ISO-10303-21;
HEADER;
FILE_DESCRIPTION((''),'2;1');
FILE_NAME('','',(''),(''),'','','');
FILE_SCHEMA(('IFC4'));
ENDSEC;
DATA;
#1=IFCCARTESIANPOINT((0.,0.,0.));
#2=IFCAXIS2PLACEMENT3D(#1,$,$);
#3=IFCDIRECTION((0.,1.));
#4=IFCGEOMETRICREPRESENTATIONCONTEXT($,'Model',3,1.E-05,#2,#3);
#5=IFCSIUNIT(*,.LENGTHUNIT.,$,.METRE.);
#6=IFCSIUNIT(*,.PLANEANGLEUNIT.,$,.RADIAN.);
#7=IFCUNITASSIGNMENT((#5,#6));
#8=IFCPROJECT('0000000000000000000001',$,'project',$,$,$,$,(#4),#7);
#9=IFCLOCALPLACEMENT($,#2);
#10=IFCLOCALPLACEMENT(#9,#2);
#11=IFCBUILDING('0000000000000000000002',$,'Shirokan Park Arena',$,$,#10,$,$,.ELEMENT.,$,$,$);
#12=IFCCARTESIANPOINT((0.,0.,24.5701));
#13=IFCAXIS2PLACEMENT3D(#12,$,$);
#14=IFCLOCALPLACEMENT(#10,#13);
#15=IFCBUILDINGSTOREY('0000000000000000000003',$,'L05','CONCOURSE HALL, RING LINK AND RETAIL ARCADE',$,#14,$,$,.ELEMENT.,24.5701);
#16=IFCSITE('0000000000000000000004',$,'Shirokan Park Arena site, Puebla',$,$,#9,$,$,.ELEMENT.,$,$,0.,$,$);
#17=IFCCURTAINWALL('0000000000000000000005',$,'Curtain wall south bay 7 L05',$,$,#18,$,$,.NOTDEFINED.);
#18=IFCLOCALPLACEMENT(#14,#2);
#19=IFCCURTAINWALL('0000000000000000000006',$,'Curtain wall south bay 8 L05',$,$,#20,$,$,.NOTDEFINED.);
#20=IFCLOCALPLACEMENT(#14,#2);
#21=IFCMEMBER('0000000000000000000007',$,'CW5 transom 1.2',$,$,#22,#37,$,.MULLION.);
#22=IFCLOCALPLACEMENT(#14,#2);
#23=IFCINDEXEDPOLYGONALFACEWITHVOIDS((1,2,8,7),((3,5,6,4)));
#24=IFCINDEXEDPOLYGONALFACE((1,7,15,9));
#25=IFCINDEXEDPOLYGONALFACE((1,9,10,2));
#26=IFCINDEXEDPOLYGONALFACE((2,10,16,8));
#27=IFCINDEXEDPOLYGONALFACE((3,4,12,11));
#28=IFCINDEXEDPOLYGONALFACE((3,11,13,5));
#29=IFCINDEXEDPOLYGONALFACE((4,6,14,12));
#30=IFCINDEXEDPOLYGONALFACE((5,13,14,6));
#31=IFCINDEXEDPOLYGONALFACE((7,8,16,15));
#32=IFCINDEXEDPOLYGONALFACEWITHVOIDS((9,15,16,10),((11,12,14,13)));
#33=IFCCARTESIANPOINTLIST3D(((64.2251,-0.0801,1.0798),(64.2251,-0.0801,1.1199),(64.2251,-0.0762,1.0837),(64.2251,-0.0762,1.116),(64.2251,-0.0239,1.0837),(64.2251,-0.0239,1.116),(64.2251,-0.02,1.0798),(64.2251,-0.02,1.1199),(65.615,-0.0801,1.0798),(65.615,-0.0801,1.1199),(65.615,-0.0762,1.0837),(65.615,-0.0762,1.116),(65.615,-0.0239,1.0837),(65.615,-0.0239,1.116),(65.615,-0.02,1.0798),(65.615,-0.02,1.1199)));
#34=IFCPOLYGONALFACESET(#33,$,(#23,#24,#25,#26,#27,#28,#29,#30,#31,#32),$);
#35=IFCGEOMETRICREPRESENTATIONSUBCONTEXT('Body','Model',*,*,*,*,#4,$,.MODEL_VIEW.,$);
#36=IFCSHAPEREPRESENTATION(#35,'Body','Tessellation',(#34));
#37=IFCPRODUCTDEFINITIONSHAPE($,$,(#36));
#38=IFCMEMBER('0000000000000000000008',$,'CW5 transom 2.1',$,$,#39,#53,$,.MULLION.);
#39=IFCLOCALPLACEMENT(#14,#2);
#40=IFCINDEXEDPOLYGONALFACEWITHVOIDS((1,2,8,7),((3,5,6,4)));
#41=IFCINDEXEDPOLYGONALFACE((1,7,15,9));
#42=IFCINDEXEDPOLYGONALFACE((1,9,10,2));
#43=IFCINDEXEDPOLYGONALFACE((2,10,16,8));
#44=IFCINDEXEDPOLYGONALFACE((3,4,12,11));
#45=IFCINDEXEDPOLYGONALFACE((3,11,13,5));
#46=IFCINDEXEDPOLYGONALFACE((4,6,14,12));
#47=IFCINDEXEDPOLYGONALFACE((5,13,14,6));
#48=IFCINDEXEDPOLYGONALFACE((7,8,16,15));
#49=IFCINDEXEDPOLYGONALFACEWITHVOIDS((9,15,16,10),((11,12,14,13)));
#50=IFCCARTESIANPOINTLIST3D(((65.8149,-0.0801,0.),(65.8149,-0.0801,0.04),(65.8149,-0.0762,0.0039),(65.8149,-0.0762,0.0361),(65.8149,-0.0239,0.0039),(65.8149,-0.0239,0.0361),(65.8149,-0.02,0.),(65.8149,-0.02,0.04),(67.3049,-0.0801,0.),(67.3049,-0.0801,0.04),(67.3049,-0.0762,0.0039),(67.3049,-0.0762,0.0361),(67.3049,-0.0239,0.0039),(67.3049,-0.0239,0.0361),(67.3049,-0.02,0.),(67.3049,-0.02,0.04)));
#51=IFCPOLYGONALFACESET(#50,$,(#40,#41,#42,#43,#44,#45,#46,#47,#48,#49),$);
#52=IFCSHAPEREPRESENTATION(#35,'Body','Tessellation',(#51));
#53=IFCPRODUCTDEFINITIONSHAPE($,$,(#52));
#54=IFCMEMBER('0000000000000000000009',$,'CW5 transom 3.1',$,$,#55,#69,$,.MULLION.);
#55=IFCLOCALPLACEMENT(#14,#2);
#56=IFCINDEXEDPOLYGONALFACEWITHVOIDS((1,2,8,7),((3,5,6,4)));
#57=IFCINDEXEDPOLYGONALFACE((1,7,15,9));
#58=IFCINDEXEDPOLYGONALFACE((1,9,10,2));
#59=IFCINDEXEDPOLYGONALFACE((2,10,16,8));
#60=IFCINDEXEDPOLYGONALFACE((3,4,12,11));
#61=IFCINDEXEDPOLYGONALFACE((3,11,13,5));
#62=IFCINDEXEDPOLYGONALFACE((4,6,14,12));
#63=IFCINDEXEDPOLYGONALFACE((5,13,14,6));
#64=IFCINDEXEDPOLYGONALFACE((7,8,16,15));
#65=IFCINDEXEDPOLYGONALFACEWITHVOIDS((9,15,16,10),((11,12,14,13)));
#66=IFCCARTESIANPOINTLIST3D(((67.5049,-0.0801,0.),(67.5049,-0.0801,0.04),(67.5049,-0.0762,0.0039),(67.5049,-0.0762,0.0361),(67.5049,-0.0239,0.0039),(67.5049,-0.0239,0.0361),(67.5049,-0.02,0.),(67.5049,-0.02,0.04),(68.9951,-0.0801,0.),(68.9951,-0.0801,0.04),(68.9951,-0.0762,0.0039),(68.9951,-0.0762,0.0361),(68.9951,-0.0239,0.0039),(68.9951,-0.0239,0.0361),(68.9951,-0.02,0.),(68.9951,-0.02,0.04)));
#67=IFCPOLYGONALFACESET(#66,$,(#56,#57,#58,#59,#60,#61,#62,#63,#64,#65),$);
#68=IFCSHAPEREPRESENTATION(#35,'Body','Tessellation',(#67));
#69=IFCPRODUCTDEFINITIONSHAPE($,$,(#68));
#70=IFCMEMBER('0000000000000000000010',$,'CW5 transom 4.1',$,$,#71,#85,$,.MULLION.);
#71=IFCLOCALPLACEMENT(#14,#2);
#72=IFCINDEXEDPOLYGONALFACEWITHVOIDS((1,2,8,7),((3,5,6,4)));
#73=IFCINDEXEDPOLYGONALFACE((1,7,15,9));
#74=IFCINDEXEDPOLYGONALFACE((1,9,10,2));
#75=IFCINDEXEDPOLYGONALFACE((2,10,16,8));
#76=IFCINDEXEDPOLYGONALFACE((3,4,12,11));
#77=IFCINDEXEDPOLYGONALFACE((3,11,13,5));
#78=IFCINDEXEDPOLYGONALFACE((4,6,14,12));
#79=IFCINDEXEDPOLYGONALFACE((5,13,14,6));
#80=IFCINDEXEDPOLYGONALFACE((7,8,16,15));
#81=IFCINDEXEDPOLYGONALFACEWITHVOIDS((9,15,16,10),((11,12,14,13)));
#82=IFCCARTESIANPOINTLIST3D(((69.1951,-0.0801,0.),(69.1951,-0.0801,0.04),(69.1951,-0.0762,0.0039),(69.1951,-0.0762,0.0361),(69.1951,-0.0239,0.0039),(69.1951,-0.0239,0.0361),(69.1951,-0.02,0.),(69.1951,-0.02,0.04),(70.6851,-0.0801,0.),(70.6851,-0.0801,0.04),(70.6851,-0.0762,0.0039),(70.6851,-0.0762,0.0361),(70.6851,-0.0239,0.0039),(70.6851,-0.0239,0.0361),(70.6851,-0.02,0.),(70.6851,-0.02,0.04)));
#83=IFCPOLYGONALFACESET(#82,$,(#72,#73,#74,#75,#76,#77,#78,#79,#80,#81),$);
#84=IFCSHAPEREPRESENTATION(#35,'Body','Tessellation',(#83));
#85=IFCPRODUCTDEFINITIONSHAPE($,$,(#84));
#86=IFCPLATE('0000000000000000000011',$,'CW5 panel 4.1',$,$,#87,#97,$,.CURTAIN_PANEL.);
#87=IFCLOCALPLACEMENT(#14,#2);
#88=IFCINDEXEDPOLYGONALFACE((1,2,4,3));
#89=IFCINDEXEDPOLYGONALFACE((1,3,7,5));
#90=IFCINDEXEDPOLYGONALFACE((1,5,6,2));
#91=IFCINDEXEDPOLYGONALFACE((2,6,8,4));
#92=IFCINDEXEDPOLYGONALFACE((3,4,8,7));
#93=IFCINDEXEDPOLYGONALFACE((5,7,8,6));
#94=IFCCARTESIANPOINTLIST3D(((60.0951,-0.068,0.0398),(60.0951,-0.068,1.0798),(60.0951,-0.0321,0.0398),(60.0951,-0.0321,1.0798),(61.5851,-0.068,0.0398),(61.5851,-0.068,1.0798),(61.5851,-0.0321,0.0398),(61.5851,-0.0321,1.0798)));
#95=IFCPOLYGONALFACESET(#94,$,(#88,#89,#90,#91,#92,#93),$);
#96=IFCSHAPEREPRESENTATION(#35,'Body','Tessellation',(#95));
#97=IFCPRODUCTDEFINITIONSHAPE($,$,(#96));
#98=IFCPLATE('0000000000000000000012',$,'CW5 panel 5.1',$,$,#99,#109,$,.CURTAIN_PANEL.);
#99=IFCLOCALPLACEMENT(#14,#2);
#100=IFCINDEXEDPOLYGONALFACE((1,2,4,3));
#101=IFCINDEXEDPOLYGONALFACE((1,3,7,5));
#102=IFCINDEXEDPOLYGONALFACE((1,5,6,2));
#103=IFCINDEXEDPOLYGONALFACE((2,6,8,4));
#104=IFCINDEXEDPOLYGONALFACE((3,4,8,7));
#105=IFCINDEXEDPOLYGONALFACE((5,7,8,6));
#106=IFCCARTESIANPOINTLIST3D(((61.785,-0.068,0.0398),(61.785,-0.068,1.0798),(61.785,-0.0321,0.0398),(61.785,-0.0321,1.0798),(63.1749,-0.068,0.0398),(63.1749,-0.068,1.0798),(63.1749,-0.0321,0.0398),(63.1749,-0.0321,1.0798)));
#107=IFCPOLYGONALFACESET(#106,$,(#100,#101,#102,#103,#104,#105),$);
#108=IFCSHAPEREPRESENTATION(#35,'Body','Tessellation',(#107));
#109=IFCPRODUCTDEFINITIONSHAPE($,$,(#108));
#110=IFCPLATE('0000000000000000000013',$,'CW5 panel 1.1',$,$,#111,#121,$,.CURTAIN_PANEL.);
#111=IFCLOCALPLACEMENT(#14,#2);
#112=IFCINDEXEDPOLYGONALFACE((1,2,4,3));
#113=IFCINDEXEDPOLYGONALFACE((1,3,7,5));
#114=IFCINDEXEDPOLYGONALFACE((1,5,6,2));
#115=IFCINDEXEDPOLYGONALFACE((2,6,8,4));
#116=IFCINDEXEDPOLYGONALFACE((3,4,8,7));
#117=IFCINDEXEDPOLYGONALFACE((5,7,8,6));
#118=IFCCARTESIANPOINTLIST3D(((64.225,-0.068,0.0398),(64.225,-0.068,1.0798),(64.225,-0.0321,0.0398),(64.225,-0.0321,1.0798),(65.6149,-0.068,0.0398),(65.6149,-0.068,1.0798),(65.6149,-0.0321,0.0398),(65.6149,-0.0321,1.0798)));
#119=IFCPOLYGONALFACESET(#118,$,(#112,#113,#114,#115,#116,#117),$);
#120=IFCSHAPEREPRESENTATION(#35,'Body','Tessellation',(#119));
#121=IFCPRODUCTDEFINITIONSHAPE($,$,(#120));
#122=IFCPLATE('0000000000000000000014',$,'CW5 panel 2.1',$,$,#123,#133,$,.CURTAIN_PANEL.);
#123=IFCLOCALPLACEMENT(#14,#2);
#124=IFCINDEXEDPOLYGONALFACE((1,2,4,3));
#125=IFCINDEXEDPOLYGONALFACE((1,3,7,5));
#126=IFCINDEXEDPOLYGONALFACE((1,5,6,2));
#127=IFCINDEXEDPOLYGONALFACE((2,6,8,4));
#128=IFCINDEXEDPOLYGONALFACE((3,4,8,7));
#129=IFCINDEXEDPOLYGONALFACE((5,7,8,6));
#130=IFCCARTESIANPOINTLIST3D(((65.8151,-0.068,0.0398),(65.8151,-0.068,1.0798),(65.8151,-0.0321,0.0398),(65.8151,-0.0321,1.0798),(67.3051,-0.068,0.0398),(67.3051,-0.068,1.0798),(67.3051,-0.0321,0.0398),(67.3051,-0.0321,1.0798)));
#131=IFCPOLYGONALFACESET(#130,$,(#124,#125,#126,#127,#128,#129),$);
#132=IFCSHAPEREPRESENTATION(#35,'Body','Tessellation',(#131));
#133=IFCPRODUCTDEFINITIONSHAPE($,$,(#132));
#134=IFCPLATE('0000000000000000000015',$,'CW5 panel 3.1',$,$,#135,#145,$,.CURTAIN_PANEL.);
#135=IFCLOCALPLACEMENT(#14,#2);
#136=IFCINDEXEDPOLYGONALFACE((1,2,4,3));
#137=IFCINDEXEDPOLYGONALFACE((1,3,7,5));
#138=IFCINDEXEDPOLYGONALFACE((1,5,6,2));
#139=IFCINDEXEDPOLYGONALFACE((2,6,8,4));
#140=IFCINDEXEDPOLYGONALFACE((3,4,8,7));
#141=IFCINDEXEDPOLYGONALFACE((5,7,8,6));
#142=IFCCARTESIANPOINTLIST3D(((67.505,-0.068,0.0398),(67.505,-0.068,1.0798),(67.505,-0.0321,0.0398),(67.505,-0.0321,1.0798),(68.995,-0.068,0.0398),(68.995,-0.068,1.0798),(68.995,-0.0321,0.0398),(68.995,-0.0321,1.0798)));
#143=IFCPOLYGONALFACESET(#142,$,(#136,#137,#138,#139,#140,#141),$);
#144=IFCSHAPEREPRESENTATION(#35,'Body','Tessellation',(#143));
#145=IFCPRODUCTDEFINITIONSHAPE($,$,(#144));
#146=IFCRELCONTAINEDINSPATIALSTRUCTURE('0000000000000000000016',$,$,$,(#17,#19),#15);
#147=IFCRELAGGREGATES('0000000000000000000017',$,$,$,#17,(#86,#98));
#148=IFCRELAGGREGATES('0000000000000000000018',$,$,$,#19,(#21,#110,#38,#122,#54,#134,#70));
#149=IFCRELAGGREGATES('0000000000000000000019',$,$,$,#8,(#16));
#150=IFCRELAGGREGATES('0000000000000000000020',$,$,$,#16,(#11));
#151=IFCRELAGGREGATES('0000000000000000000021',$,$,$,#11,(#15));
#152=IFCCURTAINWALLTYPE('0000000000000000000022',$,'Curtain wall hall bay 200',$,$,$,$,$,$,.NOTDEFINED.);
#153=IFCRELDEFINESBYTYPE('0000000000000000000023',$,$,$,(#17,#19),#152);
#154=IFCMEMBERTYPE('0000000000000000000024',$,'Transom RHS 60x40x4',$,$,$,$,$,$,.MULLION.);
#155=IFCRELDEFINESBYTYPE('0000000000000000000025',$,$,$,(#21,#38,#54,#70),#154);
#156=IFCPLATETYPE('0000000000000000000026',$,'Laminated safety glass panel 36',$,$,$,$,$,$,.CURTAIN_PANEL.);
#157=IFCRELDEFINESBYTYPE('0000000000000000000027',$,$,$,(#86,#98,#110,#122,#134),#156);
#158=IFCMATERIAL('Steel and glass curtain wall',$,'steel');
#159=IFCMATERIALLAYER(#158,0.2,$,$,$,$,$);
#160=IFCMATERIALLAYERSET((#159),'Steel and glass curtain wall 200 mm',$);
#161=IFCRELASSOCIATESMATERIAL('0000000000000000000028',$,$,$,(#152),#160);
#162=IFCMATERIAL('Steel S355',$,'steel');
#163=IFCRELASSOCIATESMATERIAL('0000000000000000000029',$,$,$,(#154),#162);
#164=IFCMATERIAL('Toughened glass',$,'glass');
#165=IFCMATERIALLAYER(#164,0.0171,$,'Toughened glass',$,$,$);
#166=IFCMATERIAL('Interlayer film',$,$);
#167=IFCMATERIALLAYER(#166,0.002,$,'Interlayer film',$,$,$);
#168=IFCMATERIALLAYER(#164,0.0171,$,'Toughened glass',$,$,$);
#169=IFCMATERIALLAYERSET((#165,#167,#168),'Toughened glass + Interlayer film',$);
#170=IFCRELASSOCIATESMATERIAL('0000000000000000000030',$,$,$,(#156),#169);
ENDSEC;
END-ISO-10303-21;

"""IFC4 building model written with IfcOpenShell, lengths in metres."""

from ifc_helpers import new_model, si_unit, direction, frame, origin, origin_2d, place, context, subcontext, project, spatial, rectangle, hollow_rectangle, extrude, material, layer, layer_set, material_profile, profile_set, type_object, element, aggregate, save


model = new_model("IFC4")

# Units and contexts
model_context = context("Model", 3, precision=1e-05, world=origin(), true_north=direction((0.0, 1.0)))
body_context = subcontext(model_context, "Body", "Model", "MODEL_VIEW")
ifc_project = project(units=[si_unit("LENGTHUNIT", "METRE"), si_unit("PLANEANGLEUNIT", "RADIAN")], contexts=[model_context])

# Site, building, storey
site_placement = place(None, origin())
site = spatial("IfcSite", under=ifc_project, at=site_placement, Name="Shirokan Park Arena site, Puebla", CompositionType="ELEMENT", RefElevation=0.0)
building_placement = place(site_placement, origin())
building = spatial("IfcBuilding", under=site, at=building_placement, Name="Shirokan Park Arena", CompositionType="ELEMENT")
storey_placement = place(building_placement, frame((0.0, 0.0, 24.5701)))
storey = spatial("IfcBuildingStorey", under=building, at=storey_placement, Name="L05", Description="CONCOURSE HALL, RING LINK AND RETAIL ARCADE", CompositionType="ELEMENT", Elevation=24.5701)

# Curtain walls
ifc_material_1 = material(Name="Steel and glass curtain wall", Category="steel")
ifc_layer_1 = layer(ifc_material_1, 0.2)
ifc_layer_set_1 = layer_set([ifc_layer_1], Name="Steel and glass curtain wall 200 mm")
curtain_wall_type = type_object("IfcCurtainWallType", Name="Curtain wall hall bay 200", PredefinedType="NOTDEFINED", material=ifc_layer_set_1)
curtain_wall_1_placement = place(storey_placement, origin())
curtain_wall_1 = element("IfcCurtainWall", 1, at=curtain_wall_1_placement, inside=storey, type_object=curtain_wall_type, Name="Curtain wall south bay 7 L05", PredefinedType="NOTDEFINED")
ifc_material_2 = material(Name="Steel S355", Category="steel")
curtain_wall_2_placement = place(storey_placement, origin())
curtain_wall_2 = element("IfcCurtainWall", 2, at=curtain_wall_2_placement, inside=storey, type_object=curtain_wall_type, Name="Curtain wall south bay 8 L05", PredefinedType="NOTDEFINED")

# Members
ifc_material_profile_1 = material_profile(ifc_material_2, hollow_rectangle(XDim=0.0601, YDim=0.04, WallThickness=0.0039, at=origin_2d()), Name="RHS 60x40x4")
ifc_profile_set_1 = profile_set([ifc_material_profile_1], Name="Steel S355")
member_type_1 = type_object("IfcMemberType", Name="Transom RHS 60x40x4", PredefinedType="MULLION", material=ifc_profile_set_1)
member_1_placement = place(storey_placement, frame((64.2251, -0.05, 1.0999), z_axis=(1.0, 0.0, 0.0), x_axis=(0.0, 1.0, 0.0)))
member_1 = element("IfcMember", 3, at=member_1_placement, type_object=member_type_1, Name="CW5 transom 1.2", PredefinedType="MULLION", context=body_context, shape_type="SweptSolid", body=[
    extrude(hollow_rectangle(XDim=0.0601, YDim=0.04, WallThickness=0.0039, at=origin_2d()), origin(), (0.0, 0.0, 1.0), 1.3899),
])
member_2_placement = place(storey_placement, frame((65.8149, -0.05, 0.02), z_axis=(1.0, 0.0, 0.0), x_axis=(0.0, 1.0, 0.0)))
member_2 = element("IfcMember", 4, at=member_2_placement, type_object=member_type_1, Name="CW5 transom 2.1", PredefinedType="MULLION", context=body_context, shape_type="SweptSolid", body=[
    extrude(hollow_rectangle(XDim=0.0601, YDim=0.04, WallThickness=0.0039, at=origin_2d()), origin(), (0.0, 0.0, 1.0), 1.49),
])
member_3_placement = place(storey_placement, frame((67.5049, -0.05, 0.02), z_axis=(1.0, 0.0, 0.0), x_axis=(0.0, 1.0, 0.0)))
member_3 = element("IfcMember", 5, at=member_3_placement, type_object=member_type_1, Name="CW5 transom 3.1", PredefinedType="MULLION", context=body_context, shape_type="SweptSolid", body=[
    extrude(hollow_rectangle(XDim=0.0601, YDim=0.04, WallThickness=0.0039, at=origin_2d()), origin(), (0.0, 0.0, 1.0), 1.4902),
])
member_4_placement = place(storey_placement, frame((69.1951, -0.05, 0.02), z_axis=(1.0, 0.0, 0.0), x_axis=(0.0, 1.0, 0.0)))
member_4 = element("IfcMember", 6, at=member_4_placement, type_object=member_type_1, Name="CW5 transom 4.1", PredefinedType="MULLION", context=body_context, shape_type="SweptSolid", body=[
    extrude(hollow_rectangle(XDim=0.0601, YDim=0.04, WallThickness=0.0039, at=origin_2d()), origin(), (0.0, 0.0, 1.0), 1.49),
])

# Plates
ifc_material_3 = material(Name="Toughened glass", Category="glass")
ifc_layer_2 = layer(ifc_material_3, 0.0171, Name="Toughened glass")
ifc_material_4 = material(Name="Interlayer film")
ifc_layer_3 = layer(ifc_material_4, 0.002, Name="Interlayer film")
ifc_layer_4 = layer(ifc_material_3, 0.0171, Name="Toughened glass")
ifc_layer_set_2 = layer_set([ifc_layer_2, ifc_layer_3, ifc_layer_4], Name="Toughened glass + Interlayer film")
plate_type = type_object("IfcPlateType", Name="Laminated safety glass panel 36", PredefinedType="CURTAIN_PANEL", material=ifc_layer_set_2)
plate_1_placement = place(storey_placement, frame((60.8401, -0.05, 0.0398), z_axis=(0.0, 0.0, 1.0), x_axis=(1.0, 0.0, 0.0)))
plate_1 = element("IfcPlate", 7, at=plate_1_placement, type_object=plate_type, Name="CW5 panel 4.1", PredefinedType="CURTAIN_PANEL", context=body_context, shape_type="SweptSolid", body=[
    extrude(rectangle(XDim=1.49, YDim=0.0359, at=origin_2d()), origin(), (0.0, 0.0, 1.0), 1.04),
])
plate_2_placement = place(storey_placement, frame((62.48, -0.05, 0.0398), z_axis=(0.0, 0.0, 1.0), x_axis=(1.0, 0.0, 0.0)))
plate_2 = element("IfcPlate", 8, at=plate_2_placement, type_object=plate_type, Name="CW5 panel 5.1", PredefinedType="CURTAIN_PANEL", context=body_context, shape_type="SweptSolid", body=[
    extrude(rectangle(XDim=1.3899, YDim=0.0359, at=origin_2d()), origin(), (0.0, 0.0, 1.0), 1.04),
])
aggregate(curtain_wall_1, [plate_1, plate_2])
plate_3_placement = place(storey_placement, frame((64.9199, -0.05, 0.0398), z_axis=(0.0, 0.0, 1.0), x_axis=(1.0, 0.0, 0.0)))
plate_3 = element("IfcPlate", 9, at=plate_3_placement, type_object=plate_type, Name="CW5 panel 1.1", PredefinedType="CURTAIN_PANEL", context=body_context, shape_type="SweptSolid", body=[
    extrude(rectangle(XDim=1.3899, YDim=0.0359, at=origin_2d()), origin(), (0.0, 0.0, 1.0), 1.04),
])
plate_4_placement = place(storey_placement, frame((66.5601, -0.05, 0.0398), z_axis=(0.0, 0.0, 1.0), x_axis=(1.0, 0.0, 0.0)))
plate_4 = element("IfcPlate", 10, at=plate_4_placement, type_object=plate_type, Name="CW5 panel 2.1", PredefinedType="CURTAIN_PANEL", context=body_context, shape_type="SweptSolid", body=[
    extrude(rectangle(XDim=1.49, YDim=0.0359, at=origin_2d()), origin(), (0.0, 0.0, 1.0), 1.04),
])
plate_5_placement = place(storey_placement, frame((68.25, -0.05, 0.0398), z_axis=(0.0, 0.0, 1.0), x_axis=(1.0, 0.0, 0.0)))
plate_5 = element("IfcPlate", 11, at=plate_5_placement, type_object=plate_type, Name="CW5 panel 3.1", PredefinedType="CURTAIN_PANEL", context=body_context, shape_type="SweptSolid", body=[
    extrude(rectangle(XDim=1.49, YDim=0.0359, at=origin_2d()), origin(), (0.0, 0.0, 1.0), 1.04),
])
aggregate(curtain_wall_2, [member_1, plate_3, member_2, plate_4, member_3, plate_5, member_4])

save(model, "model.ifc")
